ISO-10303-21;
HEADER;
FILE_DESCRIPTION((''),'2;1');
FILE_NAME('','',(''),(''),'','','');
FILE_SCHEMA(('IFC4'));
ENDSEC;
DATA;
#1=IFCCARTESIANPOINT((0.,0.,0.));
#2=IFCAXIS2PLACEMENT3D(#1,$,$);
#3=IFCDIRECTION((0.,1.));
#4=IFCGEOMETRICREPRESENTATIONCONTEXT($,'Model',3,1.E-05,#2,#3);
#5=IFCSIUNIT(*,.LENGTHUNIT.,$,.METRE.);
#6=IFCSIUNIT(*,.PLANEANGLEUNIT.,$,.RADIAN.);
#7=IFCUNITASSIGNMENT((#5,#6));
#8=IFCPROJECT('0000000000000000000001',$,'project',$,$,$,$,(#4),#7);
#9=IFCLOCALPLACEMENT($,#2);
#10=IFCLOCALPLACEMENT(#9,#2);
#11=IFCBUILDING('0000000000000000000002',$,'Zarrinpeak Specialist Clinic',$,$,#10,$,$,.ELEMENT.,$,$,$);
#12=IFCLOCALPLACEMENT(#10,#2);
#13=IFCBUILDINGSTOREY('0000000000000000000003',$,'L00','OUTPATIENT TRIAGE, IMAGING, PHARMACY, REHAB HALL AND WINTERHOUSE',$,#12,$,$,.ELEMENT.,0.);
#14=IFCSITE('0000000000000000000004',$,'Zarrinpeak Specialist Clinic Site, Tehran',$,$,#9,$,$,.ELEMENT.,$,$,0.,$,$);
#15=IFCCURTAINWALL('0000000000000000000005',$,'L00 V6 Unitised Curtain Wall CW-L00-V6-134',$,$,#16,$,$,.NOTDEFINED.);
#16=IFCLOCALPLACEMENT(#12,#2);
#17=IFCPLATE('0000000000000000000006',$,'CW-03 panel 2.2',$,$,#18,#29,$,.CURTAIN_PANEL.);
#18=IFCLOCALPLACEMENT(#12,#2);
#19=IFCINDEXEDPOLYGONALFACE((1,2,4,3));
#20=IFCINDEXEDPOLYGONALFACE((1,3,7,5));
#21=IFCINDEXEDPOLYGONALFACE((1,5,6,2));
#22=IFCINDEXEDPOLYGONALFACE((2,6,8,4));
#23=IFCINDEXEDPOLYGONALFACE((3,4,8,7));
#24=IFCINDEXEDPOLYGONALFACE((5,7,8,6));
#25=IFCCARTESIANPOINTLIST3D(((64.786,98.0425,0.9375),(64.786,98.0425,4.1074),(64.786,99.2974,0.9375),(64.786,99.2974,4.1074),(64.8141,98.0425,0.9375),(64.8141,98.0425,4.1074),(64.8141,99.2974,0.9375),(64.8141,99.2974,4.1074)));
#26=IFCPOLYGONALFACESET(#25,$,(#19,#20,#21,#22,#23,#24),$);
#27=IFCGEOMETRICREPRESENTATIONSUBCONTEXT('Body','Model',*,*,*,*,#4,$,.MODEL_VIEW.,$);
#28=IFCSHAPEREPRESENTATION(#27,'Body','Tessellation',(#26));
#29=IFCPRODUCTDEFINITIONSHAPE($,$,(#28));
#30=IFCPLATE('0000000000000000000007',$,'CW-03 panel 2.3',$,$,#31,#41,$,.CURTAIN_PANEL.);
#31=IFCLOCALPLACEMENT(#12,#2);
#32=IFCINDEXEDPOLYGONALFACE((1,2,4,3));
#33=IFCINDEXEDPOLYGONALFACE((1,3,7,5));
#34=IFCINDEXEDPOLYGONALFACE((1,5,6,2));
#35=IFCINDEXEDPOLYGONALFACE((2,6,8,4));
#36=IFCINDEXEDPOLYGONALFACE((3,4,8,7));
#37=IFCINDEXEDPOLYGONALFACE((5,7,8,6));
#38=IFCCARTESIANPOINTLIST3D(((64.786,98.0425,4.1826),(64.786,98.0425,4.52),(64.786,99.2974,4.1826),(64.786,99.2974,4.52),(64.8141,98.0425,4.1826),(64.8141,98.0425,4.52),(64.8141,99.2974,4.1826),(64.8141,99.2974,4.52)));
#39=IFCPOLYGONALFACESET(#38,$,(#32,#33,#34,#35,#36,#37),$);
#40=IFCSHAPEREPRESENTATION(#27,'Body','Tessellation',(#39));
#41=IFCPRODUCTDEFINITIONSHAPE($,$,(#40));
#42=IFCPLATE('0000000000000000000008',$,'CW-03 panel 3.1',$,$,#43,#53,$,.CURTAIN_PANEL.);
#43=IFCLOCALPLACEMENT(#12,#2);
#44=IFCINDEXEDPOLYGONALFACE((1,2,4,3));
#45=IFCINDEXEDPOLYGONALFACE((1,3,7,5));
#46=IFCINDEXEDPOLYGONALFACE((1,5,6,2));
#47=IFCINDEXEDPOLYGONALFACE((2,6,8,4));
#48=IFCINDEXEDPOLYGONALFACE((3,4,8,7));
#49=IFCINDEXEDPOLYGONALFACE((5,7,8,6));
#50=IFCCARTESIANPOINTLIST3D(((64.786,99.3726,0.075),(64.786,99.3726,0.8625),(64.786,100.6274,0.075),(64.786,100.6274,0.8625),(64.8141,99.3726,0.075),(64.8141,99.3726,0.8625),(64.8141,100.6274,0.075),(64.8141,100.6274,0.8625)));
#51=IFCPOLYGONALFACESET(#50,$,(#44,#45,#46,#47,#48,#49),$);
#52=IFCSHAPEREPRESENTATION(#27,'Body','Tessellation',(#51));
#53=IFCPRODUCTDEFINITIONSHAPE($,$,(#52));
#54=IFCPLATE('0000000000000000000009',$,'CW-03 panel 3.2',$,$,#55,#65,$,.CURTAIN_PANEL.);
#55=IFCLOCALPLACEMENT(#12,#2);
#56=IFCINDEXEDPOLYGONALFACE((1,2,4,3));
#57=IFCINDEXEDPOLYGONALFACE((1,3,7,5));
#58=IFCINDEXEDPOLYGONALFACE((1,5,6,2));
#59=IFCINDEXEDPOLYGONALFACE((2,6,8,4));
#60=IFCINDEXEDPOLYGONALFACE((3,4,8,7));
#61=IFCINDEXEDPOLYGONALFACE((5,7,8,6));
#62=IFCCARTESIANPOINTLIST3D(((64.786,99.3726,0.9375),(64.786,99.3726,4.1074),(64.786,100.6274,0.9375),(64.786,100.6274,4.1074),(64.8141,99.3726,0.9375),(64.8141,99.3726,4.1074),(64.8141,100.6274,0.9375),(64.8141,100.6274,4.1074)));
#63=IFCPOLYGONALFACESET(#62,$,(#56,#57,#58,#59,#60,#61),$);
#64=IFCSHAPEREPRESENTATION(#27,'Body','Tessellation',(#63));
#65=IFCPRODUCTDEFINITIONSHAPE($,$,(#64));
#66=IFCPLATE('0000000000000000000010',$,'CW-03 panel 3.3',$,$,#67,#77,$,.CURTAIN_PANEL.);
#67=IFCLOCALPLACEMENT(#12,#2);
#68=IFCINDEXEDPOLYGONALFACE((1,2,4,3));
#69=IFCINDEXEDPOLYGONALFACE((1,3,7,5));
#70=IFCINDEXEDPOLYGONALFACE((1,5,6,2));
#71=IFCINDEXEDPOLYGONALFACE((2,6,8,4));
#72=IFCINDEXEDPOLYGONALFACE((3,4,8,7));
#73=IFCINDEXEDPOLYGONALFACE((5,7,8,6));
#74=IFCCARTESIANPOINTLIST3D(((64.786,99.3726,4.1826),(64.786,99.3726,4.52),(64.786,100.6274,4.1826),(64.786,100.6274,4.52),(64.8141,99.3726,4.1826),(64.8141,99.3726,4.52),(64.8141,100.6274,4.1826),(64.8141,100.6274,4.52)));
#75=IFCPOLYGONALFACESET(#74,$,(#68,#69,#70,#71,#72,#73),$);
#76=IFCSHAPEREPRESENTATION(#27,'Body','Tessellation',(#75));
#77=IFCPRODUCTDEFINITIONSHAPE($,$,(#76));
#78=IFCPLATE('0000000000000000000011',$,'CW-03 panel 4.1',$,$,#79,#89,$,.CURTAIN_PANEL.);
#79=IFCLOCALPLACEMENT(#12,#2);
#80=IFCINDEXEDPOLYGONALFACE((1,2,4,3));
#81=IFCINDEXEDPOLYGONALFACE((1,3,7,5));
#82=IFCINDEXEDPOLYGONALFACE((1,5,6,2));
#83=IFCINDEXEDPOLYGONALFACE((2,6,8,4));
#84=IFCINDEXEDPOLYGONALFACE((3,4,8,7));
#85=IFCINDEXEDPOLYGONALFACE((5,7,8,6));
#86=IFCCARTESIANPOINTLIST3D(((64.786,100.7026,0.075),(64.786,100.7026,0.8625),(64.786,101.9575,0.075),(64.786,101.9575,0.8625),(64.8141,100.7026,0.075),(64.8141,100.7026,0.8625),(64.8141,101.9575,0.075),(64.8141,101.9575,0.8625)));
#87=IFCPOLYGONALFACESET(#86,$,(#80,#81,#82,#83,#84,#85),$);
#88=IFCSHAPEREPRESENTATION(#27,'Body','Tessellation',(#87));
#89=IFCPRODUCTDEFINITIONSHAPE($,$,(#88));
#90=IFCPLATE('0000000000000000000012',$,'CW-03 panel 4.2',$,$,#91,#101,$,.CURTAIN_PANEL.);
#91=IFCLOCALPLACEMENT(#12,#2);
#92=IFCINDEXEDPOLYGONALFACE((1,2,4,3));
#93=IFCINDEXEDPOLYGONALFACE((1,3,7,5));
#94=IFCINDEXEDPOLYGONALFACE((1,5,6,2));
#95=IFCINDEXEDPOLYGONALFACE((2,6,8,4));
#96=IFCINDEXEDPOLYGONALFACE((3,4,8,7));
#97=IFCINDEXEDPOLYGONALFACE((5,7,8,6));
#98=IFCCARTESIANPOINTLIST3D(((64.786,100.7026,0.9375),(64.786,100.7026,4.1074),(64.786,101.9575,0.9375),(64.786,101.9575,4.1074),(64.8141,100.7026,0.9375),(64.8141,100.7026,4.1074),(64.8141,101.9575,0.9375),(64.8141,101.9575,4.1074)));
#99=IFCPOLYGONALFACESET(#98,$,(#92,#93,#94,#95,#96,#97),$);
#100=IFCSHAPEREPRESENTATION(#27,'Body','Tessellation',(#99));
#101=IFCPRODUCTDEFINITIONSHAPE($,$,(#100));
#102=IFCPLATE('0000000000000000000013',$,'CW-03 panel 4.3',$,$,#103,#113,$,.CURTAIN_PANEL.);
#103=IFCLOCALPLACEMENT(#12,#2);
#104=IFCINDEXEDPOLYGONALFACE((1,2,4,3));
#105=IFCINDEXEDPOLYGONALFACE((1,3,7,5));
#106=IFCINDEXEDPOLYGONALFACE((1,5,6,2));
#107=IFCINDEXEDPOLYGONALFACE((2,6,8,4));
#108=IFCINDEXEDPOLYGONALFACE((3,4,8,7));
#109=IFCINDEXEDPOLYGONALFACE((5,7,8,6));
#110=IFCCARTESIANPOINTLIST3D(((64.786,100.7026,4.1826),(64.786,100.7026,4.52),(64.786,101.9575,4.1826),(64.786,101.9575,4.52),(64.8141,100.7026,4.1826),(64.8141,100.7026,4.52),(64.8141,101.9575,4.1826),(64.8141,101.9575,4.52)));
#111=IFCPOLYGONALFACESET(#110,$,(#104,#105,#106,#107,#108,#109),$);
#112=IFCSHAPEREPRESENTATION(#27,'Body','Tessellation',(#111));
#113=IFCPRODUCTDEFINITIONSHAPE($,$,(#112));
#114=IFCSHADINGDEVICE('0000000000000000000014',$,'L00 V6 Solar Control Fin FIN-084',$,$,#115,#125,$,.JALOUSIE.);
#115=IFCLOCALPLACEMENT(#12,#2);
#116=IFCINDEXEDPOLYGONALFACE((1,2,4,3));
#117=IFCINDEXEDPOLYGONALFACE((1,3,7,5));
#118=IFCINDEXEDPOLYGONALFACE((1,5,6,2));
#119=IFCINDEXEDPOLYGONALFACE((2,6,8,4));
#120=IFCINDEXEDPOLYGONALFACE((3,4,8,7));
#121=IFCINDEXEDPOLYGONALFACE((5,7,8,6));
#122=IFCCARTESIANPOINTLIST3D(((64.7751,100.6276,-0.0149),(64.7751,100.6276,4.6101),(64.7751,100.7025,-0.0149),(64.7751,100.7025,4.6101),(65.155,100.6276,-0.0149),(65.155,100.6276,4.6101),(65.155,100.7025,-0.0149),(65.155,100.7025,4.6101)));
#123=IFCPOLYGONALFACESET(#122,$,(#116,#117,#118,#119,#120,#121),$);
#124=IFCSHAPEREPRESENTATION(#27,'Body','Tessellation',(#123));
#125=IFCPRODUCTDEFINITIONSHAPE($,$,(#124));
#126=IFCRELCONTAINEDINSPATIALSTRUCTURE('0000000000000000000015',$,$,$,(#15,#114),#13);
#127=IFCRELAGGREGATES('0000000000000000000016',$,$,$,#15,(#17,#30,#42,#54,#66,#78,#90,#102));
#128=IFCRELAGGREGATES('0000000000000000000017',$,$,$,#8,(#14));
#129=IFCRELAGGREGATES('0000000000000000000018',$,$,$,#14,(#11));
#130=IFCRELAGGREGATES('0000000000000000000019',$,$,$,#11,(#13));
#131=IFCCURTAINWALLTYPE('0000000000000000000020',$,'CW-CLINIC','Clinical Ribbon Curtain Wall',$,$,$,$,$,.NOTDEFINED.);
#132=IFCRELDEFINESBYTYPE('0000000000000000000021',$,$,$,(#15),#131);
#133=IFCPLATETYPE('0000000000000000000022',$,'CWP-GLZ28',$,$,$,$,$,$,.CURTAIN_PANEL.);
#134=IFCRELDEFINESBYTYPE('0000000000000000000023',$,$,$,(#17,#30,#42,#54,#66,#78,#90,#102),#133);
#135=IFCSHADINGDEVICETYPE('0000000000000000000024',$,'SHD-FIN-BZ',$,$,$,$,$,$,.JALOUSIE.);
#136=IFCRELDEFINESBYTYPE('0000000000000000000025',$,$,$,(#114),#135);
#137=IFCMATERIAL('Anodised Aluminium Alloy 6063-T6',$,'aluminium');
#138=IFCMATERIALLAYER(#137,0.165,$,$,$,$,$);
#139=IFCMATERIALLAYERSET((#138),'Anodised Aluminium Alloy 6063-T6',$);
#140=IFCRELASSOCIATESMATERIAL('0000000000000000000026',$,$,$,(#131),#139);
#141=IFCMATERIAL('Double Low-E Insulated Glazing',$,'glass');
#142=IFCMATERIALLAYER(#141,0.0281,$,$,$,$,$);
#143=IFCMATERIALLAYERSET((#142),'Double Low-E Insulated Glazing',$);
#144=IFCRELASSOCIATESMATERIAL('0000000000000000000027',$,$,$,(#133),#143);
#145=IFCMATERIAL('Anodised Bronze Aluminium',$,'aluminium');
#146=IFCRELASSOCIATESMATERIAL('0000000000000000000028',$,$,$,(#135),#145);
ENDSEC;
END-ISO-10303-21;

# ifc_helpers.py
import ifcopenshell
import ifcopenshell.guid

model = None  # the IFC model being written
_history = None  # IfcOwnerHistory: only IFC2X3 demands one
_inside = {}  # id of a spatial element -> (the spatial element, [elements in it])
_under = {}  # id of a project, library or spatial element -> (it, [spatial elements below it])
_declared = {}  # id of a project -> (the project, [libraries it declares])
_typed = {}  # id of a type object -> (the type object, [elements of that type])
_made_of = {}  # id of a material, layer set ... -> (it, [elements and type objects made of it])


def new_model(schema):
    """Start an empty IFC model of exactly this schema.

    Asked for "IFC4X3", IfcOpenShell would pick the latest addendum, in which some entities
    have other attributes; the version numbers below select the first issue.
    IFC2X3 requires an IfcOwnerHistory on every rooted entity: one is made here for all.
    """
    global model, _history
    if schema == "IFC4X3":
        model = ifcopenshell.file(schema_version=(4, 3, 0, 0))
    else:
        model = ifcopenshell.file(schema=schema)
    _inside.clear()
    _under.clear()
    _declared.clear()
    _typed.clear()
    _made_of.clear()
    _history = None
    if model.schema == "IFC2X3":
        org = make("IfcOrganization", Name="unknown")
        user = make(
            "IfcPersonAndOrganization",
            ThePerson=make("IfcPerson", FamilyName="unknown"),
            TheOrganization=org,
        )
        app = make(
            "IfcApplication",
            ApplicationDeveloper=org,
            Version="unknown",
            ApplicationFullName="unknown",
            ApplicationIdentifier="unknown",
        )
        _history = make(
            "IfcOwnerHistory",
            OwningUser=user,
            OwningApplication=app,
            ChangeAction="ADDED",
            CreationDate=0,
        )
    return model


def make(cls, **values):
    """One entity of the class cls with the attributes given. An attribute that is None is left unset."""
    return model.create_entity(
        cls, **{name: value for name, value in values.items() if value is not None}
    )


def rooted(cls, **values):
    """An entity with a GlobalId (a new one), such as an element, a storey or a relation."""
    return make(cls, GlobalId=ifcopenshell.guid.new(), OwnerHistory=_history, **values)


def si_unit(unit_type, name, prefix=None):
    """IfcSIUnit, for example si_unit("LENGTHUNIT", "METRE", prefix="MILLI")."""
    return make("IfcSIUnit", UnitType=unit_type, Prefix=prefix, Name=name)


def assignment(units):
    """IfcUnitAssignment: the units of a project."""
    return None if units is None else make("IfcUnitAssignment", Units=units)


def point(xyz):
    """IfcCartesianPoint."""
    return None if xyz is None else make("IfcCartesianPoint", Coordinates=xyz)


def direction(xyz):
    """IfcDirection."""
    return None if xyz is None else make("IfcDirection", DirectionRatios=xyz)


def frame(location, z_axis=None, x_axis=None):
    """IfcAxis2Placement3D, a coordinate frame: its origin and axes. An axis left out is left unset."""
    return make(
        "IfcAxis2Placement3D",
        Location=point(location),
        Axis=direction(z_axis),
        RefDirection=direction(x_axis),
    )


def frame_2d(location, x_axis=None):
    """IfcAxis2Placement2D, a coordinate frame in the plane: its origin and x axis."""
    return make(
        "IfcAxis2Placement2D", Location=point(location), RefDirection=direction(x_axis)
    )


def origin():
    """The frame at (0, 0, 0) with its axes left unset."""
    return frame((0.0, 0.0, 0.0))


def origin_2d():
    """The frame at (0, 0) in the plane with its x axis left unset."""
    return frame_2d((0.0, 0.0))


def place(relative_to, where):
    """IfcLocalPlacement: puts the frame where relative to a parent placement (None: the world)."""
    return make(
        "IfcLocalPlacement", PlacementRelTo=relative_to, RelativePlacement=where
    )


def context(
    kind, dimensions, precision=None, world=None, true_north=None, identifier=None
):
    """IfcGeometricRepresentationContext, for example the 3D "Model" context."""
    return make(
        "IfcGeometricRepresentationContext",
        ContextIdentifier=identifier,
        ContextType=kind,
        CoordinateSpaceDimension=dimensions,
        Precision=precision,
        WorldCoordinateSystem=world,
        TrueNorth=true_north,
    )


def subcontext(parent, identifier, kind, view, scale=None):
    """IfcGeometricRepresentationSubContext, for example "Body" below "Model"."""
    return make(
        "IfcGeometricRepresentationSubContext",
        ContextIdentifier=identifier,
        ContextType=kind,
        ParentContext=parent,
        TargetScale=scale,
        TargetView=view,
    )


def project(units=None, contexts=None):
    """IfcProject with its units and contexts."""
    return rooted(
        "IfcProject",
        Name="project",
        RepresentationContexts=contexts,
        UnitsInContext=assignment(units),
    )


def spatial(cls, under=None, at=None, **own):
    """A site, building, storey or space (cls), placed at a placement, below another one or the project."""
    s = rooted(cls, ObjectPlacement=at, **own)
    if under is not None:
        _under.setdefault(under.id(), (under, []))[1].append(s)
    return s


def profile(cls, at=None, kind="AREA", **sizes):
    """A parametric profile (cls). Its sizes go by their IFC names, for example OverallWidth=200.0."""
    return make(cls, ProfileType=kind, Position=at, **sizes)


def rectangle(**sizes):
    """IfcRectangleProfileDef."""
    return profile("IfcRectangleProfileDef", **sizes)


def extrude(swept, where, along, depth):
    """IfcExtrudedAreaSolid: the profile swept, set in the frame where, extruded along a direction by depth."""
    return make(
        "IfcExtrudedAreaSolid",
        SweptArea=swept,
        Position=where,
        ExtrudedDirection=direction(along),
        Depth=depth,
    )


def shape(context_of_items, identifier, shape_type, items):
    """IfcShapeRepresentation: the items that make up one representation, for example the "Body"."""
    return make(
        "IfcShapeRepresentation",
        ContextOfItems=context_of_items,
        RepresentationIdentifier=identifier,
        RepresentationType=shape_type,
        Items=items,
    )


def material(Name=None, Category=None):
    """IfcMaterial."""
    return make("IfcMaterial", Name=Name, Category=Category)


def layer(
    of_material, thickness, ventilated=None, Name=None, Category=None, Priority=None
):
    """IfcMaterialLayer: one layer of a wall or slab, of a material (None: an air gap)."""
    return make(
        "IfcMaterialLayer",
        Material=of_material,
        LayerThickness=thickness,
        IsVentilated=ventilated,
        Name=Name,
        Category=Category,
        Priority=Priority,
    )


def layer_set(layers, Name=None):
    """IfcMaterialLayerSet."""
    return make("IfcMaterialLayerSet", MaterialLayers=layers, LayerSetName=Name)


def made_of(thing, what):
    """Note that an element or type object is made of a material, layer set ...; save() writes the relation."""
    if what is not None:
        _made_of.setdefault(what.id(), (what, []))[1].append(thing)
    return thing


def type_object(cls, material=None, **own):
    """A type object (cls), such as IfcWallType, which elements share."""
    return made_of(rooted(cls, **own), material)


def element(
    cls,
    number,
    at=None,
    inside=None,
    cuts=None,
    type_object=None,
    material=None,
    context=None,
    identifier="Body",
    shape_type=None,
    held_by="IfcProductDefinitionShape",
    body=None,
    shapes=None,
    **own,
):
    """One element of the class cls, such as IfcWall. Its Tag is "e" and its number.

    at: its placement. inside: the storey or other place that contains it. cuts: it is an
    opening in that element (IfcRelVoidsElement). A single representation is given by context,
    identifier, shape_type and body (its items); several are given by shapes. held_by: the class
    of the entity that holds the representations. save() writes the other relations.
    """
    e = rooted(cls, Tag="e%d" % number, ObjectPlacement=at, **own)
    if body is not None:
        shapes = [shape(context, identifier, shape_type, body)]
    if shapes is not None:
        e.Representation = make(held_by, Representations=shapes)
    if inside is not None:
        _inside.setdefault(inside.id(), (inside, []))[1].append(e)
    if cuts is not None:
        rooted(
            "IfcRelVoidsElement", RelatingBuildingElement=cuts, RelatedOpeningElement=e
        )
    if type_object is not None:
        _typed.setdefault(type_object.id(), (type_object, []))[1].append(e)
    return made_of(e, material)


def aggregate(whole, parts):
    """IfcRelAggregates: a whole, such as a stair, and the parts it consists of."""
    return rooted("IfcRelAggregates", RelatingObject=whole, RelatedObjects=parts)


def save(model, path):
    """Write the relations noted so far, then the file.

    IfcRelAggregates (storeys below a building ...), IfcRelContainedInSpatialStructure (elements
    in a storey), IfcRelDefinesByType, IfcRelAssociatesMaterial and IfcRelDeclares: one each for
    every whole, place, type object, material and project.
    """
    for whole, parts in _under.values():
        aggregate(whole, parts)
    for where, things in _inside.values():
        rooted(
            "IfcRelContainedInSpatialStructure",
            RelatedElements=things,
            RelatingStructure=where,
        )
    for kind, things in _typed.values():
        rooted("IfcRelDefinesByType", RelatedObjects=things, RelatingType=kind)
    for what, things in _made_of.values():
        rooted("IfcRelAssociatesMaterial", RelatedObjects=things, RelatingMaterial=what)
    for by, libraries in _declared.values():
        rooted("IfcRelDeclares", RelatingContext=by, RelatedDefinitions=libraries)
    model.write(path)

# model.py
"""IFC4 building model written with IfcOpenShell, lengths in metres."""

from ifc_helpers import new_model, si_unit, direction, frame, origin, origin_2d, place, context, subcontext, project, spatial, rectangle, extrude, material, layer, layer_set, type_object, element, aggregate, save


model = new_model("IFC4")

# Units and contexts
model_context = context("Model", 3, precision=1e-05, world=origin(), true_north=direction((0.0, 1.0)))
body_context = subcontext(model_context, "Body", "Model", "MODEL_VIEW")
ifc_project = project(units=[si_unit("LENGTHUNIT", "METRE"), si_unit("PLANEANGLEUNIT", "RADIAN")], contexts=[model_context])

# Site, building, storey
site_placement = place(None, origin())
site = spatial("IfcSite", under=ifc_project, at=site_placement, Name="Zarrinpeak Specialist Clinic Site, Tehran", CompositionType="ELEMENT", RefElevation=0.0)
building_placement = place(site_placement, origin())
building = spatial("IfcBuilding", under=site, at=building_placement, Name="Zarrinpeak Specialist Clinic", CompositionType="ELEMENT")
storey_placement = place(building_placement, origin())
storey = spatial("IfcBuildingStorey", under=building, at=storey_placement, Name="L00", Description="OUTPATIENT TRIAGE, IMAGING, PHARMACY, REHAB HALL AND WINTERHOUSE", CompositionType="ELEMENT", Elevation=0.0)

# Curtain wall, plates
ifc_material_1 = material(Name="Anodised Aluminium Alloy 6063-T6", Category="aluminium")
ifc_layer_1 = layer(ifc_material_1, 0.165)
ifc_layer_set_1 = layer_set([ifc_layer_1], Name="Anodised Aluminium Alloy 6063-T6")
curtain_wall_type = type_object("IfcCurtainWallType", Name="CW-CLINIC", Description="Clinical Ribbon Curtain Wall", PredefinedType="NOTDEFINED", material=ifc_layer_set_1)
curtain_wall_placement = place(storey_placement, origin())
curtain_wall = element("IfcCurtainWall", 1, at=curtain_wall_placement, inside=storey, type_object=curtain_wall_type, Name="L00 V6 Unitised Curtain Wall CW-L00-V6-134", PredefinedType="NOTDEFINED")
ifc_material_2 = material(Name="Double Low-E Insulated Glazing", Category="glass")
ifc_layer_2 = layer(ifc_material_2, 0.0281)
ifc_layer_set_2 = layer_set([ifc_layer_2], Name="Double Low-E Insulated Glazing")
plate_type = type_object("IfcPlateType", Name="CWP-GLZ28", PredefinedType="CURTAIN_PANEL", material=ifc_layer_set_2)
plate_1_placement = place(storey_placement, frame((64.8, 98.6699, 0.9375), z_axis=(0.0, 0.0, 1.0), x_axis=(0.0, 1.0, 0.0)))
plate_1 = element("IfcPlate", 2, at=plate_1_placement, type_object=plate_type, Name="CW-03 panel 2.2", PredefinedType="CURTAIN_PANEL", context=body_context, shape_type="SweptSolid", body=[
    extrude(rectangle(XDim=1.2549, YDim=0.0281, at=origin_2d()), origin(), (0.0, 0.0, 1.0), 3.1699),
])
plate_2_placement = place(storey_placement, frame((64.8, 98.6699, 4.1826), z_axis=(0.0, 0.0, 1.0), x_axis=(0.0, 1.0, 0.0)))
plate_2 = element("IfcPlate", 3, at=plate_2_placement, type_object=plate_type, Name="CW-03 panel 2.3", PredefinedType="CURTAIN_PANEL", context=body_context, shape_type="SweptSolid", body=[
    extrude(rectangle(XDim=1.2549, YDim=0.0281, at=origin_2d()), origin(), (0.0, 0.0, 1.0), 0.3374),
])
plate_3_placement = place(storey_placement, frame((64.8, 100.0, 0.075), z_axis=(0.0, 0.0, 1.0), x_axis=(0.0, 1.0, 0.0)))
plate_3 = element("IfcPlate", 4, at=plate_3_placement, type_object=plate_type, Name="CW-03 panel 3.1", PredefinedType="CURTAIN_PANEL", context=body_context, shape_type="SweptSolid", body=[
    extrude(rectangle(XDim=1.2549, YDim=0.0281, at=origin_2d()), origin(), (0.0, 0.0, 1.0), 0.7876),
])
plate_4_placement = place(storey_placement, frame((64.8, 100.0, 0.9375), z_axis=(0.0, 0.0, 1.0), x_axis=(0.0, 1.0, 0.0)))
plate_4 = element("IfcPlate", 5, at=plate_4_placement, type_object=plate_type, Name="CW-03 panel 3.2", PredefinedType="CURTAIN_PANEL", context=body_context, shape_type="SweptSolid", body=[
    extrude(rectangle(XDim=1.2549, YDim=0.0281, at=origin_2d()), origin(), (0.0, 0.0, 1.0), 3.1699),
])
plate_5_placement = place(storey_placement, frame((64.8, 100.0, 4.1826), z_axis=(0.0, 0.0, 1.0), x_axis=(0.0, 1.0, 0.0)))
plate_5 = element("IfcPlate", 6, at=plate_5_placement, type_object=plate_type, Name="CW-03 panel 3.3", PredefinedType="CURTAIN_PANEL", context=body_context, shape_type="SweptSolid", body=[
    extrude(rectangle(XDim=1.2549, YDim=0.0281, at=origin_2d()), origin(), (0.0, 0.0, 1.0), 0.3374),
])
plate_6_placement = place(storey_placement, frame((64.8, 101.3301, 0.075), z_axis=(0.0, 0.0, 1.0), x_axis=(0.0, 1.0, 0.0)))
plate_6 = element("IfcPlate", 7, at=plate_6_placement, type_object=plate_type, Name="CW-03 panel 4.1", PredefinedType="CURTAIN_PANEL", context=body_context, shape_type="SweptSolid", body=[
    extrude(rectangle(XDim=1.2549, YDim=0.0281, at=origin_2d()), origin(), (0.0, 0.0, 1.0), 0.7876),
])
plate_7_placement = place(storey_placement, frame((64.8, 101.3301, 0.9375), z_axis=(0.0, 0.0, 1.0), x_axis=(0.0, 1.0, 0.0)))
plate_7 = element("IfcPlate", 8, at=plate_7_placement, type_object=plate_type, Name="CW-03 panel 4.2", PredefinedType="CURTAIN_PANEL", context=body_context, shape_type="SweptSolid", body=[
    extrude(rectangle(XDim=1.2549, YDim=0.0281, at=origin_2d()), origin(), (0.0, 0.0, 1.0), 3.1699),
])
plate_8_placement = place(storey_placement, frame((64.8, 101.3301, 4.1826), z_axis=(0.0, 0.0, 1.0), x_axis=(0.0, 1.0, 0.0)))
plate_8 = element("IfcPlate", 9, at=plate_8_placement, type_object=plate_type, Name="CW-03 panel 4.3", PredefinedType="CURTAIN_PANEL", context=body_context, shape_type="SweptSolid", body=[
    extrude(rectangle(XDim=1.2549, YDim=0.0281, at=origin_2d()), origin(), (0.0, 0.0, 1.0), 0.3374),
])
aggregate(curtain_wall, [plate_1, plate_2, plate_3, plate_4, plate_5, plate_6, plate_7, plate_8])

# Shading device
ifc_material_3 = material(Name="Anodised Bronze Aluminium", Category="aluminium")
shading_device_type = type_object("IfcShadingDeviceType", Name="SHD-FIN-BZ", PredefinedType="JALOUSIE", material=ifc_material_3)
shading_device_placement = place(storey_placement, frame((64.9651, 100.665, -0.0149), z_axis=(0.0, 0.0, 1.0), x_axis=(1.0, 0.0, 0.0)))
element("IfcShadingDevice", 10, at=shading_device_placement, inside=storey, type_object=shading_device_type, Name="L00 V6 Solar Control Fin FIN-084", PredefinedType="JALOUSIE", context=body_context, shape_type="SweptSolid", body=[
    extrude(rectangle(XDim=0.3799, YDim=0.075, at=origin_2d()), origin(), (0.0, 0.0, 1.0), 4.625),
])

save(model, "model.ifc")
